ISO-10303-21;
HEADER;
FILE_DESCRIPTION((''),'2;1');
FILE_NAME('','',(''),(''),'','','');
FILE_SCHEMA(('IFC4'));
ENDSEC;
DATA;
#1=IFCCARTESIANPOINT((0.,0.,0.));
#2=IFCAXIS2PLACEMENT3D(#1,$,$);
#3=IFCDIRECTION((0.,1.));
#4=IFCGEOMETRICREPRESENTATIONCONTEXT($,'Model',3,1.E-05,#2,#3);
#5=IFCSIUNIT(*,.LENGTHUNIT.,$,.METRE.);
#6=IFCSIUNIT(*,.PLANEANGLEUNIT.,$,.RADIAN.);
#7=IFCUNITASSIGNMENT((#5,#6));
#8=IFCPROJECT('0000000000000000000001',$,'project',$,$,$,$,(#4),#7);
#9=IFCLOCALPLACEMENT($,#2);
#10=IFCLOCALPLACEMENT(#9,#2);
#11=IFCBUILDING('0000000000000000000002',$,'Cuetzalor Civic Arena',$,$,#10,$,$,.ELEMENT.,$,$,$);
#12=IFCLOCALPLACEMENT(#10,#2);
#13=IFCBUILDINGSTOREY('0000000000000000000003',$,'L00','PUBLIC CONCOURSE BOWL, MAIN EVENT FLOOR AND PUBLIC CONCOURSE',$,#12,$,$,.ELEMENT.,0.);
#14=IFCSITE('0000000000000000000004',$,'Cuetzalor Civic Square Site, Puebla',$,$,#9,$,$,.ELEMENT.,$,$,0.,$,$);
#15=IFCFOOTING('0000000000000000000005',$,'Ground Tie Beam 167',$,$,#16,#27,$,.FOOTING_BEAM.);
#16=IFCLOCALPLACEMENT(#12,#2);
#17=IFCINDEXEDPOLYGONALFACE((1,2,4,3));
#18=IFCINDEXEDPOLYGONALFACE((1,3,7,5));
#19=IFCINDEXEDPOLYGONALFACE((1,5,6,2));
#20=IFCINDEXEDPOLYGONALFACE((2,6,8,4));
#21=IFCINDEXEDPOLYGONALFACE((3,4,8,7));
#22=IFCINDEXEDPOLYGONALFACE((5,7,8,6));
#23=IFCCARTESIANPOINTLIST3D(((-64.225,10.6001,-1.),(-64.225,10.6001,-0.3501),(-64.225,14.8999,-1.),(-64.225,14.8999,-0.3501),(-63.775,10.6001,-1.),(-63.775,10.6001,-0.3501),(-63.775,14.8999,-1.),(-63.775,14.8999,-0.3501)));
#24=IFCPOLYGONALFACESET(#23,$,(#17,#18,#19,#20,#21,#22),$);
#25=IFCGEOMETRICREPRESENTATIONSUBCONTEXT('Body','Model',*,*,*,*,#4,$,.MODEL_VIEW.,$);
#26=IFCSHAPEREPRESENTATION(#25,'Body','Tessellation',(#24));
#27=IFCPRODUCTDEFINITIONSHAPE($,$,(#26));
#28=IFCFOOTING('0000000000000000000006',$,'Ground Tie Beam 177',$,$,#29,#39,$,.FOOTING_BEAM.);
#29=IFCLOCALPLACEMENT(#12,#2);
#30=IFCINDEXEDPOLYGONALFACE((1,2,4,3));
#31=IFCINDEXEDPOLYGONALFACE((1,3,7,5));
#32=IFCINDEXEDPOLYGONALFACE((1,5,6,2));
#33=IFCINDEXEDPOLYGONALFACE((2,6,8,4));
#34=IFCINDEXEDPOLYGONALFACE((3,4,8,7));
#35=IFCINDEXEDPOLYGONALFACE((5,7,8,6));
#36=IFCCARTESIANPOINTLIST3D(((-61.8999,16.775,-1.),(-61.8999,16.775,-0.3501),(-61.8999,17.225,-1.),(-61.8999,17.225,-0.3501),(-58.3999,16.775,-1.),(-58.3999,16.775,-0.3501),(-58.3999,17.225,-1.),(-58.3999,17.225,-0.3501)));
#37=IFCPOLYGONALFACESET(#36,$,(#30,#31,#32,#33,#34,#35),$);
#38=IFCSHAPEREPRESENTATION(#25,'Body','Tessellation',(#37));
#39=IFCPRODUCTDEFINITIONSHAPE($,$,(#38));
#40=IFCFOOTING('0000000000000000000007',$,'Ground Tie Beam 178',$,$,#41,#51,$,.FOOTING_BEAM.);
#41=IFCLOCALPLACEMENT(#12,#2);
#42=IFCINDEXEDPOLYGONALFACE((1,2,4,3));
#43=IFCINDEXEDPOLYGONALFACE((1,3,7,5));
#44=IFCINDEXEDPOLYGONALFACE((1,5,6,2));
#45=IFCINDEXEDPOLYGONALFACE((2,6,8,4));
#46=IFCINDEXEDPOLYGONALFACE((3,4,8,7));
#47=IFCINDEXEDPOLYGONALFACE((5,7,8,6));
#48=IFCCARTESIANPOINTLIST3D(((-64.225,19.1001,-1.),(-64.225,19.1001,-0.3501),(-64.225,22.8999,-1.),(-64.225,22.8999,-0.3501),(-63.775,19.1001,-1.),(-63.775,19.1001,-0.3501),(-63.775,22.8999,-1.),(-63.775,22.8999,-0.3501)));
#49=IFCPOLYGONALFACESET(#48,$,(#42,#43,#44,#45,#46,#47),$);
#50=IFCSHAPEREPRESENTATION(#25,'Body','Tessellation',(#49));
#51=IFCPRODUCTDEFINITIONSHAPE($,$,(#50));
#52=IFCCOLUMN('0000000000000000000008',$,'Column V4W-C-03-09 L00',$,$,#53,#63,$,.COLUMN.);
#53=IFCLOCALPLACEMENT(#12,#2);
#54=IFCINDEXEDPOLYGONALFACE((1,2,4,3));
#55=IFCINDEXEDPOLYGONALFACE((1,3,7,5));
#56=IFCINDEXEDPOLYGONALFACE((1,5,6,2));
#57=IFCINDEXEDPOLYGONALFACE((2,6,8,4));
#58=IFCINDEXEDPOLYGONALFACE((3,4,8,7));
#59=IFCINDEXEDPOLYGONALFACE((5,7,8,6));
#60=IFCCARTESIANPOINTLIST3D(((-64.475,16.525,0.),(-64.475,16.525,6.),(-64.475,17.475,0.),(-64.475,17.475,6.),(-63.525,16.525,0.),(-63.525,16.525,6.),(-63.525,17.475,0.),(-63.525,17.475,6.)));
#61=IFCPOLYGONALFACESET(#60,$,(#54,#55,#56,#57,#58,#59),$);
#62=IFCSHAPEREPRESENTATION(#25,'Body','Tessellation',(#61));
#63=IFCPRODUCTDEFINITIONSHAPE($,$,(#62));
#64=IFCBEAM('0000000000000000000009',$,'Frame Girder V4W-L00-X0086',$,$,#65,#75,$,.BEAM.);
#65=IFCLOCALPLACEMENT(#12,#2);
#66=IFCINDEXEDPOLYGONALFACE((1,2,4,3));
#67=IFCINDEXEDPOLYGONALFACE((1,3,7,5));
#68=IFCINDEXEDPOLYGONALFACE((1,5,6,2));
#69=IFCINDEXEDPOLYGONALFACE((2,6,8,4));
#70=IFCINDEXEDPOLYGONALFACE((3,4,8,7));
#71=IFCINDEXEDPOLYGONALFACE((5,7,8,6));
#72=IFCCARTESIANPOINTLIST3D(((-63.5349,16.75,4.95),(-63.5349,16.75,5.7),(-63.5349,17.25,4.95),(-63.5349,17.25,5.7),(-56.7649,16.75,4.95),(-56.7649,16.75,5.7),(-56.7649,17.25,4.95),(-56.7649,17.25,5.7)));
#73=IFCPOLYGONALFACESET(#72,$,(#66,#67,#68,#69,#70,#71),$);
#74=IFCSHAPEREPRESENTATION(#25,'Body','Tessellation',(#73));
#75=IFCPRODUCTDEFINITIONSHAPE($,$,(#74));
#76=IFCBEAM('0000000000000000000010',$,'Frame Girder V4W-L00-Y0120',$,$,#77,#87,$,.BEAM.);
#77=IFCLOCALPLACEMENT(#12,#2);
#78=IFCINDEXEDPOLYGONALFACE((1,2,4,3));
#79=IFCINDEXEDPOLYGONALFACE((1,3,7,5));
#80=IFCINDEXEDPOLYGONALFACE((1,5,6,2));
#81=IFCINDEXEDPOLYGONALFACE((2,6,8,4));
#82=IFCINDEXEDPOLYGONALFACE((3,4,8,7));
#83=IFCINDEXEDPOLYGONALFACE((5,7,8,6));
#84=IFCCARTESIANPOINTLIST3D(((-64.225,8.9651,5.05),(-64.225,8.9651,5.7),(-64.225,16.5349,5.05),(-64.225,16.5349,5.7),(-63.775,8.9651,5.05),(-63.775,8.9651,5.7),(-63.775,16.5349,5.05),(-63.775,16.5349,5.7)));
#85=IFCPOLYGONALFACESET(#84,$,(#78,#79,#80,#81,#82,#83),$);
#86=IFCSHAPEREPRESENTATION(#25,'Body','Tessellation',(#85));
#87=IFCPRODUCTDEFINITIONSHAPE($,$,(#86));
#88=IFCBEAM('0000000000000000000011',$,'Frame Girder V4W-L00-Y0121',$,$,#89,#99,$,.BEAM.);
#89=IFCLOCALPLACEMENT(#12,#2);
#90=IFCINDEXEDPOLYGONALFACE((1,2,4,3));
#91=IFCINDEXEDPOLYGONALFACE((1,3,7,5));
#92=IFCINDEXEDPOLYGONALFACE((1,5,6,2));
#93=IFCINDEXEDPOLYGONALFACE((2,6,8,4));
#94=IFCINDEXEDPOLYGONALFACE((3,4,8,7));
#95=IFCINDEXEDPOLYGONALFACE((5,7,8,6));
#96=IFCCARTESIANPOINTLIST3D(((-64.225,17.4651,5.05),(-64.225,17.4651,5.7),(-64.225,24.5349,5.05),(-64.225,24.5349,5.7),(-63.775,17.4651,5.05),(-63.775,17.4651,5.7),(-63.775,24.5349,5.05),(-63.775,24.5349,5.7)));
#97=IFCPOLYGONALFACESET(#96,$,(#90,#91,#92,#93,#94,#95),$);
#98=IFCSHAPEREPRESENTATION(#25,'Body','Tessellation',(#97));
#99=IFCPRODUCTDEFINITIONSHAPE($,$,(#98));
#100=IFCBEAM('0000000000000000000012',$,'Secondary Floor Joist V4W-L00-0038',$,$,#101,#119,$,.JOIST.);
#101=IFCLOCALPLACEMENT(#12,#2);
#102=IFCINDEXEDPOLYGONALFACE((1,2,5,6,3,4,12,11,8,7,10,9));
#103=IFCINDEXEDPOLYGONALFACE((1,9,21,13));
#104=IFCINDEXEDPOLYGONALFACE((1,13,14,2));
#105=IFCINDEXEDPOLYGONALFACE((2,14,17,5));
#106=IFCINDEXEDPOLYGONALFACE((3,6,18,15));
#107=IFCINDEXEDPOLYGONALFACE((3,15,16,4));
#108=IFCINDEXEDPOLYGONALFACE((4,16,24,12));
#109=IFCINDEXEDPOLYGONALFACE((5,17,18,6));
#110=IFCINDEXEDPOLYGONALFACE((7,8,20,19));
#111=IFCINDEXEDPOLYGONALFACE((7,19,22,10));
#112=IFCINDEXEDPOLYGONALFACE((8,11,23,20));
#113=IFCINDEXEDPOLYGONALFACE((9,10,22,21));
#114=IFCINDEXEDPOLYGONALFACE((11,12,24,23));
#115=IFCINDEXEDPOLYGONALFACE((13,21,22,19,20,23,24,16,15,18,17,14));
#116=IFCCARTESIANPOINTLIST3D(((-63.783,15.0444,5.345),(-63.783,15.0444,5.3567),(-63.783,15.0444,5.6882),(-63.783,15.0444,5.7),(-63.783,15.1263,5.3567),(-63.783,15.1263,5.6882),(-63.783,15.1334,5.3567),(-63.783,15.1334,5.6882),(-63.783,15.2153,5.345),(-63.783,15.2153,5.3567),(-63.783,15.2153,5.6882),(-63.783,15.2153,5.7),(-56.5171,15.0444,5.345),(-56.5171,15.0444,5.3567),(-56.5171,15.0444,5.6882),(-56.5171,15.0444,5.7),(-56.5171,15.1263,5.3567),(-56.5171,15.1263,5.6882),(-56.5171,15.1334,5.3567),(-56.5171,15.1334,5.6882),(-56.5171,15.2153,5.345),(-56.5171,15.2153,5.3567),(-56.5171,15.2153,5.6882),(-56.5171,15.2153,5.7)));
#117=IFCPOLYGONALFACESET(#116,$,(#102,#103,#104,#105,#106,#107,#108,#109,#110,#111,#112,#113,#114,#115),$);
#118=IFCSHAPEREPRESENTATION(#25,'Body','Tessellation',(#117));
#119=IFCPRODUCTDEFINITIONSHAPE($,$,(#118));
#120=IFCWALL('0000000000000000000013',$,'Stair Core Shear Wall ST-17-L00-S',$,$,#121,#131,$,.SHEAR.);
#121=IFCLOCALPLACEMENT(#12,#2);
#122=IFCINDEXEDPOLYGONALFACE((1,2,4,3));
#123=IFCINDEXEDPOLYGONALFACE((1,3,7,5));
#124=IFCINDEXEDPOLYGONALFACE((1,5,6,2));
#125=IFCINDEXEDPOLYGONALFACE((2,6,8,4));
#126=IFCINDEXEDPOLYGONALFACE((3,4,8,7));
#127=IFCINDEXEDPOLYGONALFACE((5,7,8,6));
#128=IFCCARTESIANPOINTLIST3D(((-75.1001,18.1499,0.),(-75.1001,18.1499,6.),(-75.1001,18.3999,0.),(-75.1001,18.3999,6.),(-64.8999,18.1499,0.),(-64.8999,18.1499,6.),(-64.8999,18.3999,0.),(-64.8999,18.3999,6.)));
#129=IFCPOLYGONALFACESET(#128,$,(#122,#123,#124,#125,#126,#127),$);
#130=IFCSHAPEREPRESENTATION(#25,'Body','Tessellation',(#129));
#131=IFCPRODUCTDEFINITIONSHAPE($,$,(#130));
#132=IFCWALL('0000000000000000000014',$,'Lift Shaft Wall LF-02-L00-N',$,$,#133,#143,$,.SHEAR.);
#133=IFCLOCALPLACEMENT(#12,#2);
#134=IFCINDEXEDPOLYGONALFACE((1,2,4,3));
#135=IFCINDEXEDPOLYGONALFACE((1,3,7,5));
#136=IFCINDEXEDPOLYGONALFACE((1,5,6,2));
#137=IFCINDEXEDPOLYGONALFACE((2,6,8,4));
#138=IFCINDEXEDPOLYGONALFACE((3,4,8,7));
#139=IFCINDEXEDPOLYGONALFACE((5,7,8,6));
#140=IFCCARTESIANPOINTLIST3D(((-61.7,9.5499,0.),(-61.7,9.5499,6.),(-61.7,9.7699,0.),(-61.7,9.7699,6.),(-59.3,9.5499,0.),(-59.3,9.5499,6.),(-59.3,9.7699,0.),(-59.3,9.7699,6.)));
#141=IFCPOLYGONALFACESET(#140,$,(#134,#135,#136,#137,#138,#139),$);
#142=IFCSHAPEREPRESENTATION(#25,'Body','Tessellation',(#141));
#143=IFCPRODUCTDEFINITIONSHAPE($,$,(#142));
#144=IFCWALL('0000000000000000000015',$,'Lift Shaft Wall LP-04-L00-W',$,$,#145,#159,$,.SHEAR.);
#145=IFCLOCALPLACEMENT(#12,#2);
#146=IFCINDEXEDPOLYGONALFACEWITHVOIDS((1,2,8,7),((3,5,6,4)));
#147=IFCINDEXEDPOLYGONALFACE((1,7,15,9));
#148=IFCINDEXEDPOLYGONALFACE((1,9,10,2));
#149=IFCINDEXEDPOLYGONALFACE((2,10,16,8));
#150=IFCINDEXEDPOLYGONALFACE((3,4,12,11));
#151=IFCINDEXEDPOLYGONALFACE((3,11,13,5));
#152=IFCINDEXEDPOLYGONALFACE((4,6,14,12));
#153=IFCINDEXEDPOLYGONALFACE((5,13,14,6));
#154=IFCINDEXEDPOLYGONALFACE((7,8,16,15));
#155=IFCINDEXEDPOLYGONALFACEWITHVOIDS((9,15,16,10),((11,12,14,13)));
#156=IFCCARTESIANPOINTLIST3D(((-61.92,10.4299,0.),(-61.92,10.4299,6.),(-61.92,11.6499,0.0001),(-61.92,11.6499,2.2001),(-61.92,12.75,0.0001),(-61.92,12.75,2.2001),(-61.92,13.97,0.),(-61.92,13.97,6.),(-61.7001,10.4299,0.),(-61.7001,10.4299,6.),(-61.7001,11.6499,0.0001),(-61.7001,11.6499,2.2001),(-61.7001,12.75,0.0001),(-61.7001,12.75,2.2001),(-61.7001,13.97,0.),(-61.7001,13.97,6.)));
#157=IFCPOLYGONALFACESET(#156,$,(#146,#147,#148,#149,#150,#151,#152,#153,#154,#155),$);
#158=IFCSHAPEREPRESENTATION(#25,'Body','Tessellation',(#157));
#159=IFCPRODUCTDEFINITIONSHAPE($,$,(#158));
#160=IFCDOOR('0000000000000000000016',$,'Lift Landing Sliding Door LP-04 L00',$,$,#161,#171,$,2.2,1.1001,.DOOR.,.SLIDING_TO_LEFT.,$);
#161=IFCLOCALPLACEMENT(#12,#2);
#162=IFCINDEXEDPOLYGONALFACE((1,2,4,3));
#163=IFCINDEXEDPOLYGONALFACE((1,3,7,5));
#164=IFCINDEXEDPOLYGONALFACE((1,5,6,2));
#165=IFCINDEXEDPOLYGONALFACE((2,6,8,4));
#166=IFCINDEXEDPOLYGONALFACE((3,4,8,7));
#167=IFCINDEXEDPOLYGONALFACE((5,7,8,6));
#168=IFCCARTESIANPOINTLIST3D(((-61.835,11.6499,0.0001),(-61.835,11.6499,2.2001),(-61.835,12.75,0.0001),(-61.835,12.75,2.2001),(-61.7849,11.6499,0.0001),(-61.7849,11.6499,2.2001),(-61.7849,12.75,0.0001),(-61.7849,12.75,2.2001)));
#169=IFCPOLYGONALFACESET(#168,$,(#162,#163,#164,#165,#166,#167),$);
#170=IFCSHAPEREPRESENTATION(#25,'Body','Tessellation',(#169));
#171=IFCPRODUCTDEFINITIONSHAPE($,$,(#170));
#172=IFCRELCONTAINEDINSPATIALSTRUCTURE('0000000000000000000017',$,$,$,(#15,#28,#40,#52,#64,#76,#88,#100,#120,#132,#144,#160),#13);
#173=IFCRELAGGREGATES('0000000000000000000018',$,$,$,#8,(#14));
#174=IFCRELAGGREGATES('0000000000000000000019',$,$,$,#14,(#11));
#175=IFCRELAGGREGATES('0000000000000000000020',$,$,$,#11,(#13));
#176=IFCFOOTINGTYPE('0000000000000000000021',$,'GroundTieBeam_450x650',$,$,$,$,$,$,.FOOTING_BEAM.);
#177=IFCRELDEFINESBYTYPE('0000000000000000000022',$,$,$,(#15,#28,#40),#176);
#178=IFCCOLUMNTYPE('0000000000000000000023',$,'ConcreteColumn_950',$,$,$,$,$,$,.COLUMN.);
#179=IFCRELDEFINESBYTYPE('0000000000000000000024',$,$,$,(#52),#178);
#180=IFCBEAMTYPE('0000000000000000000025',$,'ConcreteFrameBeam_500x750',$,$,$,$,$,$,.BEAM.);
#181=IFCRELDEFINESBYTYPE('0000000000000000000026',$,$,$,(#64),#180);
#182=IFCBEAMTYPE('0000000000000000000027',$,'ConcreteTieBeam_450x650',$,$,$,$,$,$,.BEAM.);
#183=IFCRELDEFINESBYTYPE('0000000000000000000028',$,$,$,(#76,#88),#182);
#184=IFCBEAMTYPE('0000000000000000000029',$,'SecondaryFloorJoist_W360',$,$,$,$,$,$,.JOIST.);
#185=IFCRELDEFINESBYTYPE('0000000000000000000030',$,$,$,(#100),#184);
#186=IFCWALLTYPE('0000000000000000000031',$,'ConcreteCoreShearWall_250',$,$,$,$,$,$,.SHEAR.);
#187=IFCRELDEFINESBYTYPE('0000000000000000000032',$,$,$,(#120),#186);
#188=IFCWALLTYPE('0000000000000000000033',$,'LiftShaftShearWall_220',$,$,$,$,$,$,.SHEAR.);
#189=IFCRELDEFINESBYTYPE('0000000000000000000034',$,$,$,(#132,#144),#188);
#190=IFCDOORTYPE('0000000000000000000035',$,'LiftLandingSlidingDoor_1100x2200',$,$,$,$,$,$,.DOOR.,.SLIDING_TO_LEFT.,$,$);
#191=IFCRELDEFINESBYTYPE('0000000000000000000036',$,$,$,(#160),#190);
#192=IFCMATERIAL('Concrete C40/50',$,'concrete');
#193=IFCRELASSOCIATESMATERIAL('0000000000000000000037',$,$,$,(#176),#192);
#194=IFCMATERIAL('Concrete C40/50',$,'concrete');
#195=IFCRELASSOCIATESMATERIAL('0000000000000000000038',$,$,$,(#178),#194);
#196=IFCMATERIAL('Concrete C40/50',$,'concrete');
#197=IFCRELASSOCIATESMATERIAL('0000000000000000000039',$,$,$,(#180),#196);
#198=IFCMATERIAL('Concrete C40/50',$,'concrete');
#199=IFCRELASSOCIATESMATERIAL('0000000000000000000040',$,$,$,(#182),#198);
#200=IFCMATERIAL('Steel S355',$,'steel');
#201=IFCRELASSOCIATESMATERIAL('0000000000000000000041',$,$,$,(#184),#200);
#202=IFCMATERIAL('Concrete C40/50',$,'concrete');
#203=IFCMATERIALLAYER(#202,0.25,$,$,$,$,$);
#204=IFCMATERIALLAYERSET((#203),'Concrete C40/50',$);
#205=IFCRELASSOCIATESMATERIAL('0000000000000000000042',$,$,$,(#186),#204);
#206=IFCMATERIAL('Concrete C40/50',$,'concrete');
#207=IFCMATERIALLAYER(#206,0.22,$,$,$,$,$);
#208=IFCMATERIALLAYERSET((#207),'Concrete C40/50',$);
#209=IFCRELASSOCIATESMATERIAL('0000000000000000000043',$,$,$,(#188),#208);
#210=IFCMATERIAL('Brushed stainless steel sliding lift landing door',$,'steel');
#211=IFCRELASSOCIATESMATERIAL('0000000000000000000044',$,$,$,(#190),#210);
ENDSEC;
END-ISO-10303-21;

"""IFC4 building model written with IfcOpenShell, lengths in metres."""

from ifc_helpers import new_model, si_unit, direction, frame, frame_2d, origin, origin_2d, place, context, subcontext, project, spatial, rectangle, i_section, extrude, material, layer, layer_set, material_profile, profile_set, type_object, element, fill, save


model = new_model("IFC4")

# Units and contexts
model_context = context("Model", 3, precision=1e-05, world=origin(), true_north=direction((0.0, 1.0)))
body_context = subcontext(model_context, "Body", "Model", "MODEL_VIEW")
ifc_project = project(units=[si_unit("LENGTHUNIT", "METRE"), si_unit("PLANEANGLEUNIT", "RADIAN")], contexts=[model_context])

# Site, building, storey
site_placement = place(None, origin())
site = spatial("IfcSite", under=ifc_project, at=site_placement, Name="Cuetzalor Civic Square Site, Puebla", CompositionType="ELEMENT", RefElevation=0.0)
building_placement = place(site_placement, origin())
building = spatial("IfcBuilding", under=site, at=building_placement, Name="Cuetzalor Civic Arena", CompositionType="ELEMENT")
storey_placement = place(building_placement, origin())
storey = spatial("IfcBuildingStorey", under=building, at=storey_placement, Name="L00", Description="PUBLIC CONCOURSE BOWL, MAIN EVENT FLOOR AND PUBLIC CONCOURSE", CompositionType="ELEMENT", Elevation=0.0)

# Footings
ifc_material_1 = material(Name="Concrete C40/50", Category="concrete")
ifc_material_profile_1 = material_profile(ifc_material_1, rectangle(XDim=0.45, YDim=0.6499, at=origin_2d()), Name="RC 450x650")
ifc_profile_set_1 = profile_set([ifc_material_profile_1], Name="Concrete C40/50")
footing_type_1 = type_object("IfcFootingType", Name="GroundTieBeam_450x650", PredefinedType="FOOTING_BEAM", material=ifc_profile_set_1)
footing_1_placement = place(storey_placement, frame((-64.0, 10.6001, -0.675), z_axis=(0.0, 1.0, 0.0), x_axis=(-1.0, 0.0, 0.0)))
element("IfcFooting", 1, at=footing_1_placement, inside=storey, type_object=footing_type_1, Name="Ground Tie Beam 167", PredefinedType="FOOTING_BEAM", context=body_context, shape_type="SweptSolid", body=[
    extrude(rectangle(XDim=0.45, YDim=0.6499, at=origin_2d()), origin(), (0.0, 0.0, 1.0), 4.2998),
])
footing_2_placement = place(storey_placement, frame((-61.8999, 17.0, -0.675), z_axis=(1.0, 0.0, 0.0), x_axis=(0.0, 1.0, 0.0)))
element("IfcFooting", 2, at=footing_2_placement, inside=storey, type_object=footing_type_1, Name="Ground Tie Beam 177", PredefinedType="FOOTING_BEAM", context=body_context, shape_type="SweptSolid", body=[
    extrude(rectangle(XDim=0.45, YDim=0.6499, at=origin_2d()), origin(), (0.0, 0.0, 1.0), 3.5),
])
footing_3_placement = place(storey_placement, frame((-64.0, 19.1001, -0.675), z_axis=(0.0, 1.0, 0.0), x_axis=(-1.0, 0.0, 0.0)))
element("IfcFooting", 3, at=footing_3_placement, inside=storey, type_object=footing_type_1, Name="Ground Tie Beam 178", PredefinedType="FOOTING_BEAM", context=body_context, shape_type="SweptSolid", body=[
    extrude(rectangle(XDim=0.45, YDim=0.6499, at=origin_2d()), origin(), (0.0, 0.0, 1.0), 3.7998),
])

# Column
ifc_material_2 = material(Name="Concrete C40/50", Category="concrete")
ifc_material_profile_2 = material_profile(ifc_material_2, rectangle(XDim=0.95, YDim=0.95, at=origin_2d()), Name="RC 950x950")
ifc_profile_set_2 = profile_set([ifc_material_profile_2], Name="Concrete C40/50")
column_type = type_object("IfcColumnType", Name="ConcreteColumn_950", PredefinedType="COLUMN", material=ifc_profile_set_2)
column_placement = place(storey_placement, frame((-64.0, 17.0, 0.0), z_axis=(0.0, 0.0, 1.0), x_axis=(1.0, 0.0, 0.0)))
element("IfcColumn", 4, at=column_placement, inside=storey, type_object=column_type, Name="Column V4W-C-03-09 L00", PredefinedType="COLUMN", context=body_context, shape_type="SweptSolid", body=[
    extrude(rectangle(XDim=0.95, YDim=0.95, at=origin_2d()), origin(), (0.0, 0.0, 1.0), 6.0),
])

# Beams
ifc_material_3 = material(Name="Concrete C40/50", Category="concrete")
ifc_material_profile_3 = material_profile(ifc_material_3, rectangle(XDim=0.5, YDim=0.75, at=origin_2d()), Name="RC 500x750")
ifc_profile_set_3 = profile_set([ifc_material_profile_3], Name="Concrete C40/50")
beam_type_1 = type_object("IfcBeamType", Name="ConcreteFrameBeam_500x750", PredefinedType="BEAM", material=ifc_profile_set_3)
beam_1_placement = place(storey_placement, frame((-63.5349, 17.0, 5.325), z_axis=(1.0, 0.0, 0.0), x_axis=(0.0, 1.0, 0.0)))
element("IfcBeam", 5, at=beam_1_placement, inside=storey, type_object=beam_type_1, Name="Frame Girder V4W-L00-X0086", PredefinedType="BEAM", context=body_context, shape_type="SweptSolid", body=[
    extrude(rectangle(XDim=0.5, YDim=0.75, at=origin_2d()), origin(), (0.0, 0.0, 1.0), 6.77),
])
ifc_material_4 = material(Name="Concrete C40/50", Category="concrete")
ifc_material_profile_4 = material_profile(ifc_material_4, rectangle(XDim=0.45, YDim=0.6499, at=origin_2d()), Name="RC 450x650")
ifc_profile_set_4 = profile_set([ifc_material_profile_4], Name="Concrete C40/50")
beam_type_2 = type_object("IfcBeamType", Name="ConcreteTieBeam_450x650", PredefinedType="BEAM", material=ifc_profile_set_4)
beam_2_placement = place(storey_placement, frame((-64.0, 8.9651, 5.375), z_axis=(0.0, 1.0, 0.0), x_axis=(-1.0, 0.0, 0.0)))
element("IfcBeam", 6, at=beam_2_placement, inside=storey, type_object=beam_type_2, Name="Frame Girder V4W-L00-Y0120", PredefinedType="BEAM", context=body_context, shape_type="SweptSolid", body=[
    extrude(rectangle(XDim=0.45, YDim=0.6499, at=origin_2d()), origin(), (0.0, 0.0, 1.0), 7.5698),
])
beam_3_placement = place(storey_placement, frame((-64.0, 17.4651, 5.375), z_axis=(0.0, 1.0, 0.0), x_axis=(-1.0, 0.0, 0.0)))
element("IfcBeam", 7, at=beam_3_placement, inside=storey, type_object=beam_type_2, Name="Frame Girder V4W-L00-Y0121", PredefinedType="BEAM", context=body_context, shape_type="SweptSolid", body=[
    extrude(rectangle(XDim=0.45, YDim=0.6499, at=origin_2d()), origin(), (0.0, 0.0, 1.0), 7.0698),
])
ifc_material_5 = material(Name="Steel S355", Category="steel")
ifc_material_profile_5 = material_profile(ifc_material_5, i_section(OverallWidth=0.1709, OverallDepth=0.355, WebThickness=0.0071, FlangeThickness=0.0117, at=origin_2d()), Name="W360x51")
ifc_profile_set_5 = profile_set([ifc_material_profile_5], Name="Steel S355")
beam_type_3 = type_object("IfcBeamType", Name="SecondaryFloorJoist_W360", PredefinedType="JOIST", material=ifc_profile_set_5)
beam_4_placement = place(storey_placement, frame((-63.783, 15.1299, 5.5225), z_axis=(1.0, 0.0, 0.0), x_axis=(0.0, 1.0, 0.0)))
element("IfcBeam", 8, at=beam_4_placement, inside=storey, type_object=beam_type_3, Name="Secondary Floor Joist V4W-L00-0038", PredefinedType="JOIST", context=body_context, shape_type="SweptSolid", body=[
    extrude(i_section(OverallWidth=0.1709, OverallDepth=0.355, WebThickness=0.0071, FlangeThickness=0.0117, at=origin_2d()), origin(), (0.0, 0.0, 1.0), 7.2659),
])

# Walls
ifc_material_6 = material(Name="Concrete C40/50", Category="concrete")
ifc_layer_1 = layer(ifc_material_6, 0.25)
ifc_layer_set_1 = layer_set([ifc_layer_1], Name="Concrete C40/50")
wall_type_1 = type_object("IfcWallType", Name="ConcreteCoreShearWall_250", PredefinedType="SHEAR", material=ifc_layer_set_1)
wall_1_placement = place(storey_placement, frame((-64.8999, 18.2749, 0.0), z_axis=(0.0, 0.0, 1.0), x_axis=(-1.0, 0.0, 0.0)))
element("IfcWall", 9, at=wall_1_placement, inside=storey, type_object=wall_type_1, Name="Stair Core Shear Wall ST-17-L00-S", PredefinedType="SHEAR", context=body_context, shape_type="SweptSolid", body=[
    extrude(rectangle(XDim=10.2002, YDim=0.25, at=frame_2d((5.1001, 0.0))), origin(), (0.0, 0.0, 1.0), 6.0),
])
ifc_material_7 = material(Name="Concrete C40/50", Category="concrete")
ifc_layer_2 = layer(ifc_material_7, 0.22)
ifc_layer_set_2 = layer_set([ifc_layer_2], Name="Concrete C40/50")
wall_type_2 = type_object("IfcWallType", Name="LiftShaftShearWall_220", PredefinedType="SHEAR", material=ifc_layer_set_2)
wall_2_placement = place(storey_placement, frame((-61.7, 9.6599, 0.0), z_axis=(0.0, 0.0, 1.0), x_axis=(1.0, 0.0, 0.0)))
element("IfcWall", 10, at=wall_2_placement, inside=storey, type_object=wall_type_2, Name="Lift Shaft Wall LF-02-L00-N", PredefinedType="SHEAR", context=body_context, shape_type="SweptSolid", body=[
    extrude(rectangle(XDim=2.3999, YDim=0.22, at=frame_2d((1.2, 0.0))), origin(), (0.0, 0.0, 1.0), 6.0),
])

# Wall, opening, door
wall_3_placement = place(storey_placement, frame((-61.8101, 10.4299, 0.0), z_axis=(0.0, 0.0, 1.0), x_axis=(0.0, 1.0, 0.0)))
wall_3 = element("IfcWall", 11, at=wall_3_placement, inside=storey, type_object=wall_type_2, Name="Lift Shaft Wall LP-04-L00-W", PredefinedType="SHEAR", context=body_context, shape_type="SweptSolid", body=[
    extrude(rectangle(XDim=3.54, YDim=0.22, at=frame_2d((1.77, 0.0))), origin(), (0.0, 0.0, 1.0), 6.0),
])
opening_placement = place(wall_3_placement, frame((1.22, 0.0, 0.0)))
opening = element("IfcOpeningElement", 12, at=opening_placement, cuts=wall_3, PredefinedType="OPENING", context=body_context, shape_type="SweptSolid", body=[
    extrude(rectangle(XDim=1.1001, YDim=2.2, at=frame_2d((0.55, 1.1001))), frame((0.0, 0.1201, 0.0), z_axis=(0.0, -1.0, 0.0), x_axis=(1.0, 0.0, 0.0)), (0.0, 0.0, 1.0), 0.24),
])
ifc_material_8 = material(Name="Brushed stainless steel sliding lift landing door", Category="steel")
door_type = type_object("IfcDoorType", Name="LiftLandingSlidingDoor_1100x2200", OperationType="SLIDING_TO_LEFT", PredefinedType="DOOR", material=ifc_material_8)
door_placement = place(opening_placement, origin())
door = element("IfcDoor", 13, at=door_placement, inside=storey, type_object=door_type, Name="Lift Landing Sliding Door LP-04 L00", OperationType="SLIDING_TO_LEFT", OverallHeight=2.2, OverallWidth=1.1001, PredefinedType="DOOR", context=body_context, shape_type="SweptSolid", body=[
    extrude(rectangle(XDim=1.1001, YDim=2.2, at=frame_2d((0.55, 1.1001))), frame((0.0, 0.0249, 0.0), z_axis=(0.0, -1.0, 0.0), x_axis=(1.0, 0.0, 0.0)), (0.0, 0.0, 1.0), 0.05),
])
fill(opening, door)

save(model, "model.ifc")
